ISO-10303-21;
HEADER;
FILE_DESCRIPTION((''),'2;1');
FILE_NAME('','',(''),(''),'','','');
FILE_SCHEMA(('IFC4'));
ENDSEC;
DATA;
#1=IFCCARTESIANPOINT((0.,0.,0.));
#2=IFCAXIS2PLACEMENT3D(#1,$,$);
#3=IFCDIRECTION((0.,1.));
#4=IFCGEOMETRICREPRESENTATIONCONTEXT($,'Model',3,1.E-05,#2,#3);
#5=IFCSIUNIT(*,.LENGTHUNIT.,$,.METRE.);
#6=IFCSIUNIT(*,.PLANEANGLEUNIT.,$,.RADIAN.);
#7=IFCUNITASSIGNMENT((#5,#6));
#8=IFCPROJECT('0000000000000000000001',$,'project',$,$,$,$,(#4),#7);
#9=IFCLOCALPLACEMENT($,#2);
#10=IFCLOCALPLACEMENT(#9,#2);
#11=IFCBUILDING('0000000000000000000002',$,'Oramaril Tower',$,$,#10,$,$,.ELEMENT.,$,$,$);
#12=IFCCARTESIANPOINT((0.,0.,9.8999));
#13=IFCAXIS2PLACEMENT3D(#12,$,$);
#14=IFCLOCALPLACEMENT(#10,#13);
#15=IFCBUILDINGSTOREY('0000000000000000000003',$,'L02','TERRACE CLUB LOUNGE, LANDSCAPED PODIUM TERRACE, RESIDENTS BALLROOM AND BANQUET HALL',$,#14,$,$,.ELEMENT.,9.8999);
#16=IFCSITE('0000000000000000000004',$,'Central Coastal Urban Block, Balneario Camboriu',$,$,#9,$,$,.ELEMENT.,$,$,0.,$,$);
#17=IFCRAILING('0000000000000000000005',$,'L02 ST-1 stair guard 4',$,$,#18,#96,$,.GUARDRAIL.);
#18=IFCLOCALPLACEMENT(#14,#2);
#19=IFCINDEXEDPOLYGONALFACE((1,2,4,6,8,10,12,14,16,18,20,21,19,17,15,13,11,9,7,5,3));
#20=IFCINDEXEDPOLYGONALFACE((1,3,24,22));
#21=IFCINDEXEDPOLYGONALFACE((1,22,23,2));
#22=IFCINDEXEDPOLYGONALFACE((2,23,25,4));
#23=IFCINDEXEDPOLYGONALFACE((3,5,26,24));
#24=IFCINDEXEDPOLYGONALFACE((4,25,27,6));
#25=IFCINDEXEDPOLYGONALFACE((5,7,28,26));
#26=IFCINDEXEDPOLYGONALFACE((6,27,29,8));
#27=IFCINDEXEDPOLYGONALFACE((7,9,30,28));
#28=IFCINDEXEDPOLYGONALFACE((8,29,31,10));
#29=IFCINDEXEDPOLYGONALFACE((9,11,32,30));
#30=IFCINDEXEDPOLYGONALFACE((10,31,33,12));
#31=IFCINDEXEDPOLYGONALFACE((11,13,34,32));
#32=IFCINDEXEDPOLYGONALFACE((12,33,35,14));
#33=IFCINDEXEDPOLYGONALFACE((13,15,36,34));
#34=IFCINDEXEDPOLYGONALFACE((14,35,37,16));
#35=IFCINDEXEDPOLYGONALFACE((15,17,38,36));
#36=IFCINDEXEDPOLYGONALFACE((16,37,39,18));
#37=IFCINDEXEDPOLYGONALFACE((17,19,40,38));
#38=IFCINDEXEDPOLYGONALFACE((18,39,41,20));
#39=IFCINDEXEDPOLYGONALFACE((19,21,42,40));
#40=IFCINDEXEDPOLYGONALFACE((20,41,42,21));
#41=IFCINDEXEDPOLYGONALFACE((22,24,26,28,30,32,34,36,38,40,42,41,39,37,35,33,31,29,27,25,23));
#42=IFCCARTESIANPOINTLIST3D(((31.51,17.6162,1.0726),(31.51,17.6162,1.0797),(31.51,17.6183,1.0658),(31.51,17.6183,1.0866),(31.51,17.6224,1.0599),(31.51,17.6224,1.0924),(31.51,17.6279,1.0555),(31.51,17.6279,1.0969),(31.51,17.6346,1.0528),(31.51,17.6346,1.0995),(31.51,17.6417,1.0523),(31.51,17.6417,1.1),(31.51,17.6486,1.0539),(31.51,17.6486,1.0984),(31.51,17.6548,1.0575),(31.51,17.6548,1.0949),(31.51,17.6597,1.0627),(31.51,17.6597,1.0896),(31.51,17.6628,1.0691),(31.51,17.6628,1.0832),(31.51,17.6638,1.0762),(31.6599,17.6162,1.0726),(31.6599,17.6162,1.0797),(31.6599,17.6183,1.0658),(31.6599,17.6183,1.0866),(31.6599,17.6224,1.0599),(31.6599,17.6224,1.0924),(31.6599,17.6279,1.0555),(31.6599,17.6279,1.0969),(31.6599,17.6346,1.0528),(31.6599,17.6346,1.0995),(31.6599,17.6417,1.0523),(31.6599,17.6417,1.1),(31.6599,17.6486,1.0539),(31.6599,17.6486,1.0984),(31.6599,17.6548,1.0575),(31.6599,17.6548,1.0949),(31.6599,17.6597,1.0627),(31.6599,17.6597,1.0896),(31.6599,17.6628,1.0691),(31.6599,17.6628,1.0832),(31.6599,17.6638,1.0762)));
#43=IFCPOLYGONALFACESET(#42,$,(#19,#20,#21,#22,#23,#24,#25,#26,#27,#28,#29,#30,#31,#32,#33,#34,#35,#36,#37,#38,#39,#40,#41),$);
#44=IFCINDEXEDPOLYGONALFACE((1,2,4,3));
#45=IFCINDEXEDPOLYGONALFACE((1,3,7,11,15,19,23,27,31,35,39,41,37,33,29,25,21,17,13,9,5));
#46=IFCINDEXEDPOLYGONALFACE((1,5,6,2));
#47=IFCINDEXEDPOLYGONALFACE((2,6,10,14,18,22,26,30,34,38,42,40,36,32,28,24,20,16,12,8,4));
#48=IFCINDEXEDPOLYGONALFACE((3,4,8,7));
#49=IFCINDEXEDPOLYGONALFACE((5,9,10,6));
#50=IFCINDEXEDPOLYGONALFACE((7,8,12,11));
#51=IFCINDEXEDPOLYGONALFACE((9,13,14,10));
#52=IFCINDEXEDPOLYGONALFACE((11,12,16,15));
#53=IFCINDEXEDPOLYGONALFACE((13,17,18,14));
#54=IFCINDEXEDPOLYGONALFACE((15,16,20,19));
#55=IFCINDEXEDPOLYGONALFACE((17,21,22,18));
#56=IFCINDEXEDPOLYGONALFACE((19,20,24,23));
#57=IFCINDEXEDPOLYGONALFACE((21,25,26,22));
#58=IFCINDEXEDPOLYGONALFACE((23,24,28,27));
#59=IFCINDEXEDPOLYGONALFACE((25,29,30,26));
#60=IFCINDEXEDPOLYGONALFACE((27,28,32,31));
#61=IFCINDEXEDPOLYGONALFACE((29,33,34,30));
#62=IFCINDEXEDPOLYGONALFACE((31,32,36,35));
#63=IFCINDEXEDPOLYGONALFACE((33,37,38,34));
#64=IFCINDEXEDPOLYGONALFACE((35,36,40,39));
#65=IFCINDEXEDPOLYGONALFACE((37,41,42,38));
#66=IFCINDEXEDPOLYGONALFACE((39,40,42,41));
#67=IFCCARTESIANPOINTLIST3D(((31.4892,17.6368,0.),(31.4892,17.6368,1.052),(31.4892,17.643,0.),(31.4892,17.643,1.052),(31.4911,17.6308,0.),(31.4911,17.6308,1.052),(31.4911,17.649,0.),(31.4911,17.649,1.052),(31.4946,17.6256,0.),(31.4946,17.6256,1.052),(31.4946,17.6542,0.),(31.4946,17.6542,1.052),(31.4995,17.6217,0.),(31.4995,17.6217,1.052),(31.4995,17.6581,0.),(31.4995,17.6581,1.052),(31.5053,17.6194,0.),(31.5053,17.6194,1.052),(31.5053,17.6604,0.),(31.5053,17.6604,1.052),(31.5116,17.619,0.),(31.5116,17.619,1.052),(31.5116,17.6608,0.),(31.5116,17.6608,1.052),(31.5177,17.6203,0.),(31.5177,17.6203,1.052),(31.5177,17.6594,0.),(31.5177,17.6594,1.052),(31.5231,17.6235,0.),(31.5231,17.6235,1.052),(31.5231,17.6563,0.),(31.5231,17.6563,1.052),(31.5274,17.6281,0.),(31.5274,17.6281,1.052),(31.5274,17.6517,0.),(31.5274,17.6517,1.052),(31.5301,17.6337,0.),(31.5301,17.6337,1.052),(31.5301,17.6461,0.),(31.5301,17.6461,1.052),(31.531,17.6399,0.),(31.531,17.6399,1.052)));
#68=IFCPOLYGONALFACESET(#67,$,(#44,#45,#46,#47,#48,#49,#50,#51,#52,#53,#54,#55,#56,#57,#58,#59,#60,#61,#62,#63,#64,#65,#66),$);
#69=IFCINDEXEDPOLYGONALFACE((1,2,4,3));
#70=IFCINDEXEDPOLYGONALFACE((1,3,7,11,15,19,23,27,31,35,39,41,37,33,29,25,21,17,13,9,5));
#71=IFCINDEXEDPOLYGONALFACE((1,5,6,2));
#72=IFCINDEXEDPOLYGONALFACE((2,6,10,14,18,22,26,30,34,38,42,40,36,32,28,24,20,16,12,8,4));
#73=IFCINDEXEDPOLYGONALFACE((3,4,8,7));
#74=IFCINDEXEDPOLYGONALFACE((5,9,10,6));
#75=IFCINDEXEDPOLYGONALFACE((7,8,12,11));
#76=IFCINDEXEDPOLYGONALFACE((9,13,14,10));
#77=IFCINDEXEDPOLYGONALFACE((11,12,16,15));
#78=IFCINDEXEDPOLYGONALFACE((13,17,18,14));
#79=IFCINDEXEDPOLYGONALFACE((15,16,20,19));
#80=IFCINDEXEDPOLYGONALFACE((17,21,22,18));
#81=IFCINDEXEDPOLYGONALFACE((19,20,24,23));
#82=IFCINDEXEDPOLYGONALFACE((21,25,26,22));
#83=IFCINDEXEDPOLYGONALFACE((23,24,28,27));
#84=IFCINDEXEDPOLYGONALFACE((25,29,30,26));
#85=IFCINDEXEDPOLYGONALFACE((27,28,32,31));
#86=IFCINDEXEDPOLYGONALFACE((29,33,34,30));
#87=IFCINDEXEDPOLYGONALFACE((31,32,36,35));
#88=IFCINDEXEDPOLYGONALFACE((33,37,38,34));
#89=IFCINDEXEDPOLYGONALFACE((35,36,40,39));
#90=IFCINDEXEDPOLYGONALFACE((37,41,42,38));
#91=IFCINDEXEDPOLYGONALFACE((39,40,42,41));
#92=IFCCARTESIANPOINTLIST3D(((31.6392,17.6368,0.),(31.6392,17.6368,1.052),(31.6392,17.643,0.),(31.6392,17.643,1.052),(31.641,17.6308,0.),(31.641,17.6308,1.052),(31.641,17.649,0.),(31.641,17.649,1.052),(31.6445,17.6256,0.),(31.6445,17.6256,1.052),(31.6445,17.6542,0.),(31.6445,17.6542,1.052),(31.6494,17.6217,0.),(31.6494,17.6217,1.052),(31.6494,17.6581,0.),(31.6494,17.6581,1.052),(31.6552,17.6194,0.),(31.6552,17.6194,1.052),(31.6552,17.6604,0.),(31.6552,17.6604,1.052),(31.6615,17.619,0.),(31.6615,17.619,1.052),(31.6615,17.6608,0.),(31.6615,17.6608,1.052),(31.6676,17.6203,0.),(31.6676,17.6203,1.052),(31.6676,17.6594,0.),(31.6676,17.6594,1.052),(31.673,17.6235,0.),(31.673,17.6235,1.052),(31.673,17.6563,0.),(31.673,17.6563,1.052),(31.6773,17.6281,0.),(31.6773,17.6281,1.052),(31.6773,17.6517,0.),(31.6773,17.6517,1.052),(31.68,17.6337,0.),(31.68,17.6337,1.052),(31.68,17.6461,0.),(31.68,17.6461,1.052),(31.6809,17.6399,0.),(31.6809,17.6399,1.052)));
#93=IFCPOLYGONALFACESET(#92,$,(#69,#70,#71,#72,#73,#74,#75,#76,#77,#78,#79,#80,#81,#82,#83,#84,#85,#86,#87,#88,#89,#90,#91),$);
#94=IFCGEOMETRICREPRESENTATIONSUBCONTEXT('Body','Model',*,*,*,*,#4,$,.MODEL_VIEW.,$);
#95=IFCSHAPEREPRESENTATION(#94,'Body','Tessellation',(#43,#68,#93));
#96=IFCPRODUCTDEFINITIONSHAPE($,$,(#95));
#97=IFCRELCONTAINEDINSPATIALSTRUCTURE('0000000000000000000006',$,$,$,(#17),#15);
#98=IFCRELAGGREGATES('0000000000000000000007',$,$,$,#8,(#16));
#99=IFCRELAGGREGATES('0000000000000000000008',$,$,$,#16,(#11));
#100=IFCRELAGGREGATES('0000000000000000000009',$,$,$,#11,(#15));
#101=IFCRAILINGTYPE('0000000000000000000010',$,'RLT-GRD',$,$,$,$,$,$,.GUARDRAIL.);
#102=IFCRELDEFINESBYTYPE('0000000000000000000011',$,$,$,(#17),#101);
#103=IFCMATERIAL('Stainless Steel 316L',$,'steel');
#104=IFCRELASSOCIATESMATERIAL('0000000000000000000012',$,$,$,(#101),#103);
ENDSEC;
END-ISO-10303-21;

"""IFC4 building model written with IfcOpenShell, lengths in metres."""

from ifc_helpers import new_model, si_unit, direction, frame, origin, origin_2d, place, context, subcontext, project, spatial, circle, extrude, material, type_object, element, save


model = new_model("IFC4")

# Units and contexts
model_context = context("Model", 3, precision=1e-05, world=origin(), true_north=direction((0.0, 1.0)))
body_context = subcontext(model_context, "Body", "Model", "MODEL_VIEW")
ifc_project = project(units=[si_unit("LENGTHUNIT", "METRE"), si_unit("PLANEANGLEUNIT", "RADIAN")], contexts=[model_context])

# Site, building, storey
site_placement = place(None, origin())
site = spatial("IfcSite", under=ifc_project, at=site_placement, Name="Central Coastal Urban Block, Balneario Camboriu", CompositionType="ELEMENT", RefElevation=0.0)
building_placement = place(site_placement, origin())
building = spatial("IfcBuilding", under=site, at=building_placement, Name="Oramaril Tower", CompositionType="ELEMENT")
storey_placement = place(building_placement, frame((0.0, 0.0, 9.8999)))
storey = spatial("IfcBuildingStorey", under=building, at=storey_placement, Name="L02", Description="TERRACE CLUB LOUNGE, LANDSCAPED PODIUM TERRACE, RESIDENTS BALLROOM AND BANQUET HALL", CompositionType="ELEMENT", Elevation=9.8999)

# Railing
ifc_material_1 = material(Name="Stainless Steel 316L", Category="steel")
railing_type_1 = type_object("IfcRailingType", Name="RLT-GRD", PredefinedType="GUARDRAIL", material=ifc_material_1)
railing_1_placement = place(storey_placement, frame((31.51, 17.6399, 0.0)))
element("IfcRailing", 1, at=railing_1_placement, inside=storey, type_object=railing_type_1, Name="L02 ST-1 stair guard 4", PredefinedType="GUARDRAIL", context=body_context, shape_type="SweptSolid", body=[
    extrude(circle(Radius=0.0239, at=origin_2d()), frame((0.0, 0.0, 1.0762), z_axis=(1.0, 0.0, 0.0), x_axis=(0.0, 1.0, 0.0)), (0.0, 0.0, 1.0), 0.1499),
    extrude(circle(Radius=0.021, at=origin_2d()), origin(), (0.0, 0.0, 1.0), 1.052),
    extrude(circle(Radius=0.021, at=origin_2d()), frame((0.1499, 0.0, 0.0)), (0.0, 0.0, 1.0), 1.052),
])

save(model, "model.ifc")
